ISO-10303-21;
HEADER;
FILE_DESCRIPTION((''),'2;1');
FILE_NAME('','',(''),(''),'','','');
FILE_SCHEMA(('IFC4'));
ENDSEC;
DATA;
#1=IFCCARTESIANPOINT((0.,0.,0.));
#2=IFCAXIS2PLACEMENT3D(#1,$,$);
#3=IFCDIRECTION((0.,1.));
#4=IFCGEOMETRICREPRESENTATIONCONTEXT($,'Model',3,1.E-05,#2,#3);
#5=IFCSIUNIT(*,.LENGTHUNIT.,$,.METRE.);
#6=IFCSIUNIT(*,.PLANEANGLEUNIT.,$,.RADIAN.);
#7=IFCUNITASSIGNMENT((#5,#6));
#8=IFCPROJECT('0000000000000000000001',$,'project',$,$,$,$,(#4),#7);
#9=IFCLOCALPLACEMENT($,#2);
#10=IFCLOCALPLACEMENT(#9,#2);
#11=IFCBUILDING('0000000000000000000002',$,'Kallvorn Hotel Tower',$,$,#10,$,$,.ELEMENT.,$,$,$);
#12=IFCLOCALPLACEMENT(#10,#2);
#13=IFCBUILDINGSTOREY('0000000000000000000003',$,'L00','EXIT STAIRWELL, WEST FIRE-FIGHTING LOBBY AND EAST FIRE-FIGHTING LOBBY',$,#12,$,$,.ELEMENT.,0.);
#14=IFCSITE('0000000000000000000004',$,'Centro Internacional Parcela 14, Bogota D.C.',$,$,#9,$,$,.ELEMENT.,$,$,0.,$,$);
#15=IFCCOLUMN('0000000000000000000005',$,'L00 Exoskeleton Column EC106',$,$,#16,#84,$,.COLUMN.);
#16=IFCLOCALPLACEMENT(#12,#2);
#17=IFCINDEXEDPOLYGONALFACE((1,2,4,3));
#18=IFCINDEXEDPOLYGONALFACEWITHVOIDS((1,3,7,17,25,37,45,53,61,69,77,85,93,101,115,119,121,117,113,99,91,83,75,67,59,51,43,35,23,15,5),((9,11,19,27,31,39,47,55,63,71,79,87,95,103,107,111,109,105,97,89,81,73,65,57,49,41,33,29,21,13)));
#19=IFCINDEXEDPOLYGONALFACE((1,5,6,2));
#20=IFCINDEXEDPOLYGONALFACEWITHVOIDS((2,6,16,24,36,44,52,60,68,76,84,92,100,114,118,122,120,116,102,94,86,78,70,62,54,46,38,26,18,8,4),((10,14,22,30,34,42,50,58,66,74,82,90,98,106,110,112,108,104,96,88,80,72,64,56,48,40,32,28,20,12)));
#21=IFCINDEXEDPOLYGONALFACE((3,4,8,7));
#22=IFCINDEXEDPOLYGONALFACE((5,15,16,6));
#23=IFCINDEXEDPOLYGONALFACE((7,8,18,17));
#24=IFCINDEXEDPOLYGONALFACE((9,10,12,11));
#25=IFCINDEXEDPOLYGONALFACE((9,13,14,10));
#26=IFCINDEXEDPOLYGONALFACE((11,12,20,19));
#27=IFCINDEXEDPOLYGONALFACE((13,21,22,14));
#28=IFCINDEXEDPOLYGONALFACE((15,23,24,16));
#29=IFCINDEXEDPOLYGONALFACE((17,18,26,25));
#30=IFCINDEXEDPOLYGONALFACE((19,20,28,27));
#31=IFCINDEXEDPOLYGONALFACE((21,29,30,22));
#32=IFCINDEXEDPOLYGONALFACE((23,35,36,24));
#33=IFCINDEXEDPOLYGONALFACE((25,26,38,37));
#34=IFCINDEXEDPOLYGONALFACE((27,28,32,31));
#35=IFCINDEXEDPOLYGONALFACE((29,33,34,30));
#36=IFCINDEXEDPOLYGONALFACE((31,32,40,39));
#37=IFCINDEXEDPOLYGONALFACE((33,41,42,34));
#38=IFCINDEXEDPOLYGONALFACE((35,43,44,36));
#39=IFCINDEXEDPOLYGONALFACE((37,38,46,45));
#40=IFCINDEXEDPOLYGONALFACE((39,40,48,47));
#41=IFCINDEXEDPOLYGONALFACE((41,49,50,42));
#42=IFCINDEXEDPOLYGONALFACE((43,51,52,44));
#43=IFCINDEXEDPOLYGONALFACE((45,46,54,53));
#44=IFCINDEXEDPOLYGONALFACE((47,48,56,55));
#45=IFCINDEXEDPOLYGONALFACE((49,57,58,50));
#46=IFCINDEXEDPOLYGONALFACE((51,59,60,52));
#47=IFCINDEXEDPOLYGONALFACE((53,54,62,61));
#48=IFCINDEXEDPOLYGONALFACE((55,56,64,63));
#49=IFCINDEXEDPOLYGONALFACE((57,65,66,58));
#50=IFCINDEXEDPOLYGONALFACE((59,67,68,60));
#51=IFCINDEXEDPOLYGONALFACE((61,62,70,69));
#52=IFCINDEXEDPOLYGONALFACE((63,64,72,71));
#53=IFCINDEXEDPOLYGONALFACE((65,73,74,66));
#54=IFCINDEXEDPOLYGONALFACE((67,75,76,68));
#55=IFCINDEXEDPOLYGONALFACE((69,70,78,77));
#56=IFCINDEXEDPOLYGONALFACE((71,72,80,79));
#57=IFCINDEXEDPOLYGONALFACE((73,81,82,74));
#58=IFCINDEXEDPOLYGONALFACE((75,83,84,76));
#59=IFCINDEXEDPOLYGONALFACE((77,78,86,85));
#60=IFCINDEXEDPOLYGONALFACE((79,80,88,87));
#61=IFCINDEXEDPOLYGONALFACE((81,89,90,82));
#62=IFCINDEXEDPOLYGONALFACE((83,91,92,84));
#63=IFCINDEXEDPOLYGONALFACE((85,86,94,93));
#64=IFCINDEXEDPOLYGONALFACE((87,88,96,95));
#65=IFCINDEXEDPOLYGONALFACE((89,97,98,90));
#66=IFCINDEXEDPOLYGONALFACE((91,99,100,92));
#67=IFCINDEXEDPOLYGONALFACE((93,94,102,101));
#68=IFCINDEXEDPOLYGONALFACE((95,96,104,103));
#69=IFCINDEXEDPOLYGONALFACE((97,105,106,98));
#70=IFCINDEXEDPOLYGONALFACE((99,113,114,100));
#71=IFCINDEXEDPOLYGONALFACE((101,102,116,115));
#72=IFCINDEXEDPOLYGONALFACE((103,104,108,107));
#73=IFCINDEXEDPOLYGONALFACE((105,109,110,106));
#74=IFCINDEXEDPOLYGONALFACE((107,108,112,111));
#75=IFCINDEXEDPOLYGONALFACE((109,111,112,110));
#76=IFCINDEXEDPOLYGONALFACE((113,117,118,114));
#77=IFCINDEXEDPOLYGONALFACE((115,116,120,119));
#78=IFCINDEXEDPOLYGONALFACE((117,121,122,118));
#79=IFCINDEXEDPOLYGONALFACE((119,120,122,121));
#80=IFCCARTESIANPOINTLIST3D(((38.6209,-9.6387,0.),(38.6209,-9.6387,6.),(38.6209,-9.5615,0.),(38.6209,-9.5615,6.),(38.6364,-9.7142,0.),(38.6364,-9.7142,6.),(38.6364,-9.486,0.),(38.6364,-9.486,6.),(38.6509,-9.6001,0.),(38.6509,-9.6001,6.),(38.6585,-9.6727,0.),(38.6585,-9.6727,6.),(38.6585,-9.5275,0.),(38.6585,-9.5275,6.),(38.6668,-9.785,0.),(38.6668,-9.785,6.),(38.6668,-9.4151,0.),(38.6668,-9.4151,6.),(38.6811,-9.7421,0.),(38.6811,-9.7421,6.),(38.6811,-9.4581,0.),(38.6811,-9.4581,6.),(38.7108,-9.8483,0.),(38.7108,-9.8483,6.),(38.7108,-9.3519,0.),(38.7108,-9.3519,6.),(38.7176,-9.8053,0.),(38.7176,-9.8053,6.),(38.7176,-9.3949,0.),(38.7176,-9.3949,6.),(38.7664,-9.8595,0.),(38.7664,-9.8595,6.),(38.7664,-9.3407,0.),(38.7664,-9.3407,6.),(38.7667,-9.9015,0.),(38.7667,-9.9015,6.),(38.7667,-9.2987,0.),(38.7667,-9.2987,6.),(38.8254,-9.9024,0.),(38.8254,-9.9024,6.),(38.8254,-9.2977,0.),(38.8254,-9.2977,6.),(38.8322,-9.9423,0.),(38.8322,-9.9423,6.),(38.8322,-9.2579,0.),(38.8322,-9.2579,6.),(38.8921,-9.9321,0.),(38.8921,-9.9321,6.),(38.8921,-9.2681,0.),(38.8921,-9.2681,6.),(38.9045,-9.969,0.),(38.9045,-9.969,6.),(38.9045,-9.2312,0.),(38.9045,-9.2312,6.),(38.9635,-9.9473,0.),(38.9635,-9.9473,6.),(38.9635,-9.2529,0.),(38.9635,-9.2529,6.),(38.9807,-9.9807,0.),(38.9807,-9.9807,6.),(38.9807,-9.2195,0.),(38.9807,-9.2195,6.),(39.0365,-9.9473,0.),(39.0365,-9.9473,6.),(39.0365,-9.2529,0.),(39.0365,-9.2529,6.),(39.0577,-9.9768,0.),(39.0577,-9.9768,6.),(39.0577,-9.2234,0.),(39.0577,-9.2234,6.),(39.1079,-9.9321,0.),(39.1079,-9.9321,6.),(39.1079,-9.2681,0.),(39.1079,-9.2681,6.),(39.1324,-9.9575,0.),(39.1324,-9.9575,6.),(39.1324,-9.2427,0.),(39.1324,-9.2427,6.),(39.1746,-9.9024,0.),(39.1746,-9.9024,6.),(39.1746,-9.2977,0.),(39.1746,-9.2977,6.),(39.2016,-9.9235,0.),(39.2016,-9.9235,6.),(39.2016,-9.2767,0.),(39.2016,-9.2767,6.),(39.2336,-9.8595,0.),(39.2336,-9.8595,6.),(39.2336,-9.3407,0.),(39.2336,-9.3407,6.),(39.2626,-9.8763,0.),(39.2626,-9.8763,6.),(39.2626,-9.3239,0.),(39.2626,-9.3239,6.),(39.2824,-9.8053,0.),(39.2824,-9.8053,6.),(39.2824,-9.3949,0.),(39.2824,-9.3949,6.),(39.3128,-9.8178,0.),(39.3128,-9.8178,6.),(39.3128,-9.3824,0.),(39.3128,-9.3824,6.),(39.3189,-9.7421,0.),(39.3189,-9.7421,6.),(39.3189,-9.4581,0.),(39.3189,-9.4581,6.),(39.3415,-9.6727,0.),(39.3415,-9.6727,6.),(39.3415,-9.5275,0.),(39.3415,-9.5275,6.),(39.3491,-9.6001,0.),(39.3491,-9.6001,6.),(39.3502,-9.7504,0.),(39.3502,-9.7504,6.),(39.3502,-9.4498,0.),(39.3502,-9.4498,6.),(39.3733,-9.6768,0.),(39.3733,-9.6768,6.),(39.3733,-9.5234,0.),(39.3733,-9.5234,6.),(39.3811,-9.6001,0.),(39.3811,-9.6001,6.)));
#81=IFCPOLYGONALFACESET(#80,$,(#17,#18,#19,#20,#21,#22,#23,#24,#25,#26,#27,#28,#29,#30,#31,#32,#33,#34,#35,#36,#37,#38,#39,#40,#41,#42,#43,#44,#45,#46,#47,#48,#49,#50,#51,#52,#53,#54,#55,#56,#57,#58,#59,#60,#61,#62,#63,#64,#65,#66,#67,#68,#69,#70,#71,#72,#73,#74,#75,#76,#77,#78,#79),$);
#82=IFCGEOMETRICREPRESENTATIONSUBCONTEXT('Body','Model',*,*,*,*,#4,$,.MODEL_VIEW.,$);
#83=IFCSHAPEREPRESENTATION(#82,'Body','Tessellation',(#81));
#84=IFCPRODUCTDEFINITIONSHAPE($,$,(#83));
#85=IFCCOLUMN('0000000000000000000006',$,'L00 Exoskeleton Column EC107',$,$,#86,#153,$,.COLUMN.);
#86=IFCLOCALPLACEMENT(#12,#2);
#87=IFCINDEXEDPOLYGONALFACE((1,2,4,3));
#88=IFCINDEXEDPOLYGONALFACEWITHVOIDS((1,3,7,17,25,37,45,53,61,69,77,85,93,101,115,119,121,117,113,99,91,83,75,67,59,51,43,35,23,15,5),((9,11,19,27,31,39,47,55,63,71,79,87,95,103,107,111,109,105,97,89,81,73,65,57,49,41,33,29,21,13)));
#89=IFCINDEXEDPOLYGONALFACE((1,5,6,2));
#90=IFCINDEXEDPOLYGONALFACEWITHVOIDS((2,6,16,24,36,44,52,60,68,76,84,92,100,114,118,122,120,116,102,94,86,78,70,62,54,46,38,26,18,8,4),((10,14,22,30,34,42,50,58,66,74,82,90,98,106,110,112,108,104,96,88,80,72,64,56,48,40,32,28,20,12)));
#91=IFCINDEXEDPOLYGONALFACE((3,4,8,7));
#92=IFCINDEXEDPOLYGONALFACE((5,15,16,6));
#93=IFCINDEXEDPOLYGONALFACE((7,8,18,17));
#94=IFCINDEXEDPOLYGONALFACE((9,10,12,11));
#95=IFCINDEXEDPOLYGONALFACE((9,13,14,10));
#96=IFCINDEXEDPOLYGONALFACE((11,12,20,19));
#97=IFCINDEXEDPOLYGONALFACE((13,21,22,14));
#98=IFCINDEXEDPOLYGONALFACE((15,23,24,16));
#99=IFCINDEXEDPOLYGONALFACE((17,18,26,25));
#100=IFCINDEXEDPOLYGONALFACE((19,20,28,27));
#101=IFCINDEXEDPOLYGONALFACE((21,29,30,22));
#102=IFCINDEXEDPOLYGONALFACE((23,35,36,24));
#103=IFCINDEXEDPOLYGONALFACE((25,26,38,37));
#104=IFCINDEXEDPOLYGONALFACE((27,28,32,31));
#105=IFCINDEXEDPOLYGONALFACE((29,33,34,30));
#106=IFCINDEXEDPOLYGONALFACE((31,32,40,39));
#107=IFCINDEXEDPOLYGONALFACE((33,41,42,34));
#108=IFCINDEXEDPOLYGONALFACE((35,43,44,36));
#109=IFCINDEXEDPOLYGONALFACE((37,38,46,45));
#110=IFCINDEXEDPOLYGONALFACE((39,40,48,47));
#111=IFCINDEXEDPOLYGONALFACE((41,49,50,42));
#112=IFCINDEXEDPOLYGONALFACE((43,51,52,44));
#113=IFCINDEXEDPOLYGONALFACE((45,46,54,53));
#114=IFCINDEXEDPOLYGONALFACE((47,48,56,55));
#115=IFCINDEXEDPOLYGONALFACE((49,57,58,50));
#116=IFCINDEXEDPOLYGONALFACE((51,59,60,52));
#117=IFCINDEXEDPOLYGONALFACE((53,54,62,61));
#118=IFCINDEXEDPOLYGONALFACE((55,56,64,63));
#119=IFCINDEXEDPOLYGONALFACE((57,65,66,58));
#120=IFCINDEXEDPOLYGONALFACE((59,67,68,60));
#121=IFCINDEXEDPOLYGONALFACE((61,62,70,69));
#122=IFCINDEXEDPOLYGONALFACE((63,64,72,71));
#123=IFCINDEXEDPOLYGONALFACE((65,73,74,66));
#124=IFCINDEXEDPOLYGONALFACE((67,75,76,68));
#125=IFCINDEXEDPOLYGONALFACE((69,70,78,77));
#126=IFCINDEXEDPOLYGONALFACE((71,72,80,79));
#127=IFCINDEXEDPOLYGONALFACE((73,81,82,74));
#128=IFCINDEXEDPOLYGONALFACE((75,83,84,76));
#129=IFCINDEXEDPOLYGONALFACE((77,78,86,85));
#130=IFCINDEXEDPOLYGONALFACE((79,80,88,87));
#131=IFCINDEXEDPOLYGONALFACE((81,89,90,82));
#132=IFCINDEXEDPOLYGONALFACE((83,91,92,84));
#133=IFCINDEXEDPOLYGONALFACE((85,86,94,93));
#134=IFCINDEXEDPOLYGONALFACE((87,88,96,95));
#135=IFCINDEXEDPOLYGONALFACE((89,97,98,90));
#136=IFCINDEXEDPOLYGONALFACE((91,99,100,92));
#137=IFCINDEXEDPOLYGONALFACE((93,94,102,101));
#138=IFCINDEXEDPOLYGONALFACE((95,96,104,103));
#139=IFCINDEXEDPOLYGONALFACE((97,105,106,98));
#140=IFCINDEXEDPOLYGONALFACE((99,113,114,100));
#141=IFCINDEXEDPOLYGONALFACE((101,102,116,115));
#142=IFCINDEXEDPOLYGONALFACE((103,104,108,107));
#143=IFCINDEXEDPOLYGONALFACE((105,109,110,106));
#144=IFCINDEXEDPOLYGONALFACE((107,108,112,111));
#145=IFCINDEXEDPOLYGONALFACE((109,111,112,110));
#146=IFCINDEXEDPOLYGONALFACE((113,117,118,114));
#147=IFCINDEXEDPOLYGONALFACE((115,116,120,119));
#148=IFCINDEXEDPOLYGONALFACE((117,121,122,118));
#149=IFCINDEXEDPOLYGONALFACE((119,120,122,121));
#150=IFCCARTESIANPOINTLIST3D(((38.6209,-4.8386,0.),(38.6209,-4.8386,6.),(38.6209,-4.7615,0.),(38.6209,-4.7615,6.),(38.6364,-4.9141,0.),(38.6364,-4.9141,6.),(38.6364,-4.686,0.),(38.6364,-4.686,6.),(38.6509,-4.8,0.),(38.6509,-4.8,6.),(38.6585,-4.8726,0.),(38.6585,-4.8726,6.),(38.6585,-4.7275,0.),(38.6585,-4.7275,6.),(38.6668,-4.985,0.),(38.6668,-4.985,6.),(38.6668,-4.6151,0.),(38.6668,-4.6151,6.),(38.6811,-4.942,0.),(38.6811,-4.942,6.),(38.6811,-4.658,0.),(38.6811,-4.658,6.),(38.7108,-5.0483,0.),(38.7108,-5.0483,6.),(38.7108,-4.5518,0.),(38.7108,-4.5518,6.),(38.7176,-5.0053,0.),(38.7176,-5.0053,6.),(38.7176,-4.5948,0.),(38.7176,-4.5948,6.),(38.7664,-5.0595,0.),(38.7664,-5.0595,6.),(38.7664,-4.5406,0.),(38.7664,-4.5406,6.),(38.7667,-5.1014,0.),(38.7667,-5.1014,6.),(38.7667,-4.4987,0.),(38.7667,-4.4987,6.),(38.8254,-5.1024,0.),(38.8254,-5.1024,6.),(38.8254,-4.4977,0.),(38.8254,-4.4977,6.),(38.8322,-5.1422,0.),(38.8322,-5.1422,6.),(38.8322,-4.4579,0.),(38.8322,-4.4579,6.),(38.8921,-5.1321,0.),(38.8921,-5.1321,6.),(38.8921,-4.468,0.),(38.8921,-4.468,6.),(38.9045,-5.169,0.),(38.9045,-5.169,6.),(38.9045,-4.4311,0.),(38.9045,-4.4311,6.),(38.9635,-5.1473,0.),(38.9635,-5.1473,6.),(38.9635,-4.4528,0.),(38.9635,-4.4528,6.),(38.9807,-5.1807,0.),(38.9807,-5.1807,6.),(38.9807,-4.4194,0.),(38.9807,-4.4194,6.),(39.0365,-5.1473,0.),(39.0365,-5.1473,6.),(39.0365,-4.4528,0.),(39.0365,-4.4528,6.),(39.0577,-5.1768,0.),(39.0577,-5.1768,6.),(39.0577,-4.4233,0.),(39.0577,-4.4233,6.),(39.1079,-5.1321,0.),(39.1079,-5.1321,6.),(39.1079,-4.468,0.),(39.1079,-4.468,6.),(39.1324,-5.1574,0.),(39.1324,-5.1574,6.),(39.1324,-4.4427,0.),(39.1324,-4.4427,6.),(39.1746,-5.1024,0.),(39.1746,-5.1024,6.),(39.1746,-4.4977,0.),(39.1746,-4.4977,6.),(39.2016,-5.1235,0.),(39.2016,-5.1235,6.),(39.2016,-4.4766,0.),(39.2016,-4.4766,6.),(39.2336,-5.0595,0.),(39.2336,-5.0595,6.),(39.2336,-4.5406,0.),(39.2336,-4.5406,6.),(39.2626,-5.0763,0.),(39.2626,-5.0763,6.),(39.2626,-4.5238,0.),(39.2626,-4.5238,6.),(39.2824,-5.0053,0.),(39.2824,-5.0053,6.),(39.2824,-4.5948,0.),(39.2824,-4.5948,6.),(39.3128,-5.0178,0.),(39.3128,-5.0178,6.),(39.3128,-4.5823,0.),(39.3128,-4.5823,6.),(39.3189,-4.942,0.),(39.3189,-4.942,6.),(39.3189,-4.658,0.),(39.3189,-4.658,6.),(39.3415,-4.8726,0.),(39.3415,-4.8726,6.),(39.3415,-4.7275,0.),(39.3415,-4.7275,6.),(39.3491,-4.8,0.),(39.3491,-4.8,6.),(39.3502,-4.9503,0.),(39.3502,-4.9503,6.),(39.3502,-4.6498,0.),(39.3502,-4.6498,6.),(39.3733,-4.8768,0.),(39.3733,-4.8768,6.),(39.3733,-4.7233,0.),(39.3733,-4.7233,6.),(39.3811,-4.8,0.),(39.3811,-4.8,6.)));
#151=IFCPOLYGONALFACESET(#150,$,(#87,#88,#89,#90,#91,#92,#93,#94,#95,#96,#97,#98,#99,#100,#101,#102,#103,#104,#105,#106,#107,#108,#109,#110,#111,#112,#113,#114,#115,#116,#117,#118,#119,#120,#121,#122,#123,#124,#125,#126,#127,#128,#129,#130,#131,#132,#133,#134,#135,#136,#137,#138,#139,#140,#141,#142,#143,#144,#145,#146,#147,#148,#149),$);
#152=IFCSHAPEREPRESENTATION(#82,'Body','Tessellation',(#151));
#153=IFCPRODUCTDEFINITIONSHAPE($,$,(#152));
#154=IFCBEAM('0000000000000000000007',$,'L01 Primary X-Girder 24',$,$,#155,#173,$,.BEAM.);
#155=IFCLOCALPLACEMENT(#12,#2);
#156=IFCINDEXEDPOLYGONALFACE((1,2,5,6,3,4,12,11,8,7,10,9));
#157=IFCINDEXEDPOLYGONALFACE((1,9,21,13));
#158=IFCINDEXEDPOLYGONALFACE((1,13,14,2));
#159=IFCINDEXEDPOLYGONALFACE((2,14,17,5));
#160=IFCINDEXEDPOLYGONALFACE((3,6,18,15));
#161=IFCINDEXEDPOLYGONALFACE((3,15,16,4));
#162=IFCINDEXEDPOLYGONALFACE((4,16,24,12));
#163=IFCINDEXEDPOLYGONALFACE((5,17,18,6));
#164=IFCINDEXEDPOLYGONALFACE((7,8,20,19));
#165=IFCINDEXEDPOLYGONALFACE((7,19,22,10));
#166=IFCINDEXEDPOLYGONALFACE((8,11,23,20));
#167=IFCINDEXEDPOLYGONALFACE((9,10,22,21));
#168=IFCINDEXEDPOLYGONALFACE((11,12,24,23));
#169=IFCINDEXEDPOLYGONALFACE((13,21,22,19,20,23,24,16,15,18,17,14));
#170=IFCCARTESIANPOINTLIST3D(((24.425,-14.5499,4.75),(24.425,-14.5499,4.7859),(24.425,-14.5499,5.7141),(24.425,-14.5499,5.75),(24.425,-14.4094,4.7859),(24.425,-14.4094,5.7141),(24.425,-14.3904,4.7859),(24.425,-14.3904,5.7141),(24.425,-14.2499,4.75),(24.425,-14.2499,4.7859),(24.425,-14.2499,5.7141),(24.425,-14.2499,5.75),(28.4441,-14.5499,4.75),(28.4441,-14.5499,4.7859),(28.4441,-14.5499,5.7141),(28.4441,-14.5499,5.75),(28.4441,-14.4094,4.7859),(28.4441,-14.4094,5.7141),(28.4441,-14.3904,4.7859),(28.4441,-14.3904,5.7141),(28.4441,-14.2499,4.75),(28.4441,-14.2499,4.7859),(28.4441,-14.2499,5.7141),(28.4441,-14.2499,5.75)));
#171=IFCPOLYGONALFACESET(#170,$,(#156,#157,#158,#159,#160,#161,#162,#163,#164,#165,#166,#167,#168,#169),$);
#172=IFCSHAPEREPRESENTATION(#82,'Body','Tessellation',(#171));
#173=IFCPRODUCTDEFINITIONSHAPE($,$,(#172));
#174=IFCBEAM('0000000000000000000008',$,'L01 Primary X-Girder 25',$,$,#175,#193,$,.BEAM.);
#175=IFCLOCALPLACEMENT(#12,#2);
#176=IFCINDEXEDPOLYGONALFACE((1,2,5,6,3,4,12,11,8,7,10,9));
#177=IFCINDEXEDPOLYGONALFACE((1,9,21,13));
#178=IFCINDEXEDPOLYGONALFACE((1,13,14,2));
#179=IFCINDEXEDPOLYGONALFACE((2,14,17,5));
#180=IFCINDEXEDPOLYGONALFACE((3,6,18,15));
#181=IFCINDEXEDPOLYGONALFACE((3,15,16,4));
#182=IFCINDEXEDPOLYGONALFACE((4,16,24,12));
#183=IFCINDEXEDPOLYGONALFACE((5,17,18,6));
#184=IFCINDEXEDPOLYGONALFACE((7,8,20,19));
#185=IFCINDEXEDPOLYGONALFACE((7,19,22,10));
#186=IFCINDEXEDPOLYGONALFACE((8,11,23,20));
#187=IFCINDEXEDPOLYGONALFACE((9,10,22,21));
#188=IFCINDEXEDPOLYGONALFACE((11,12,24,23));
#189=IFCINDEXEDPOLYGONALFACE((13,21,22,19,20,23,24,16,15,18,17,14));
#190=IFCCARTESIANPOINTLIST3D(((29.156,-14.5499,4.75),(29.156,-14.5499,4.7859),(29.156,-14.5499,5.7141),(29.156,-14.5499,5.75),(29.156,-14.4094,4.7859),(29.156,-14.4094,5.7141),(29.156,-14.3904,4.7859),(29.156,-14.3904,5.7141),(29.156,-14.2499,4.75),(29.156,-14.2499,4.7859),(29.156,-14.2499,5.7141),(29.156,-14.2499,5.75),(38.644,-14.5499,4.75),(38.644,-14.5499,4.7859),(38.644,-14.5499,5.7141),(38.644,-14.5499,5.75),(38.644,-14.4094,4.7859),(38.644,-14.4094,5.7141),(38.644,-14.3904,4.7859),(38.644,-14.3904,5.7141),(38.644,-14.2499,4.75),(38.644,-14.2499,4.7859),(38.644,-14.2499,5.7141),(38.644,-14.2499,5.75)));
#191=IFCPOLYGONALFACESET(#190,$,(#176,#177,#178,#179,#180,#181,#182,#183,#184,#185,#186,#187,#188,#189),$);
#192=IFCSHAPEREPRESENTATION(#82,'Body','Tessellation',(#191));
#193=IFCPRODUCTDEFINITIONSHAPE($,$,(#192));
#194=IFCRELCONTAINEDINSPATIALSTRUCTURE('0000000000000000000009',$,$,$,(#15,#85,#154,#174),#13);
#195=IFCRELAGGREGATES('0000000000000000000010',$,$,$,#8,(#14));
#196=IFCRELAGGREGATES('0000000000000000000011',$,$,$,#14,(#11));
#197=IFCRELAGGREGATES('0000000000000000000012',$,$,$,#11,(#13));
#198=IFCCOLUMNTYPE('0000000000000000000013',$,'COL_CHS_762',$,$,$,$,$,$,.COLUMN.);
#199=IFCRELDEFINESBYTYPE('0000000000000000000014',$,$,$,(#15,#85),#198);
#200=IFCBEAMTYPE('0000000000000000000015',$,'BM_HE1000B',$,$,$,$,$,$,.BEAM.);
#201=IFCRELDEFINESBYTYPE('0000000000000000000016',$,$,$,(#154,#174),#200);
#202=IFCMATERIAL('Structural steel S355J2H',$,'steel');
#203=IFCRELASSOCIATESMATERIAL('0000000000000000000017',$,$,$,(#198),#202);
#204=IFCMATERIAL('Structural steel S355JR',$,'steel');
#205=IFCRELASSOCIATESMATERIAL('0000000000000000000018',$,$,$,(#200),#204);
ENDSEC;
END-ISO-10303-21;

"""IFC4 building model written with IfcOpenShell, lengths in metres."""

from ifc_helpers import new_model, si_unit, direction, frame, origin, origin_2d, place, context, subcontext, project, spatial, hollow_circle, i_section, extrude, material, material_profile, profile_set, type_object, element, save


model = new_model("IFC4")

# Units and contexts
model_context = context("Model", 3, precision=1e-05, world=origin(), true_north=direction((0.0, 1.0)))
body_context = subcontext(model_context, "Body", "Model", "MODEL_VIEW")
ifc_project = project(units=[si_unit("LENGTHUNIT", "METRE"), si_unit("PLANEANGLEUNIT", "RADIAN")], contexts=[model_context])

# Site, building, storey
site_placement = place(None, origin())
site = spatial("IfcSite", under=ifc_project, at=site_placement, Name="Centro Internacional Parcela 14, Bogota D.C.", CompositionType="ELEMENT", RefElevation=0.0)
building_placement = place(site_placement, origin())
building = spatial("IfcBuilding", under=site, at=building_placement, Name="Kallvorn Hotel Tower", CompositionType="ELEMENT")
storey_placement = place(building_placement, origin())
storey = spatial("IfcBuildingStorey", under=building, at=storey_placement, Name="L00", Description="EXIT STAIRWELL, WEST FIRE-FIGHTING LOBBY AND EAST FIRE-FIGHTING LOBBY", CompositionType="ELEMENT", Elevation=0.0)

# Columns
ifc_material_1 = material(Name="Structural steel S355J2H", Category="steel")
ifc_material_profile_1 = material_profile(ifc_material_1, hollow_circle(Radius=0.3811, WallThickness=0.032, at=origin_2d()), Name="CHS 762x32")
ifc_profile_set_1 = profile_set([ifc_material_profile_1], Name="Structural steel S355J2H")
column_type = type_object("IfcColumnType", Name="COL_CHS_762", PredefinedType="COLUMN", material=ifc_profile_set_1)
for number, where, z_axis, x_axis, name in (
    (1, (39.0, -9.6001, 0.0), (0.0, 0.0, 1.0), (1.0, 0.0, 0.0), "L00 Exoskeleton Column EC106"),
    (2, (39.0, -4.8, 0.0), (0.0, 0.0, 1.0), (1.0, 0.0, 0.0), "L00 Exoskeleton Column EC107"),
):
    element("IfcColumn", number, at=place(storey_placement, frame(where, z_axis=z_axis, x_axis=x_axis)), inside=storey, type_object=column_type, Name=name, PredefinedType="COLUMN", context=body_context, shape_type="SweptSolid", body=[
        extrude(hollow_circle(Radius=0.3811, WallThickness=0.032, at=origin_2d()), origin(), (0.0, 0.0, 1.0), 6.0),
    ])

# Beams
ifc_material_2 = material(Name="Structural steel S355JR", Category="steel")
ifc_material_profile_2 = material_profile(ifc_material_2, i_section(OverallWidth=0.3, OverallDepth=1.0, WebThickness=0.019, FlangeThickness=0.0359, at=origin_2d()), Name="HE 1000 B")
ifc_profile_set_2 = profile_set([ifc_material_profile_2], Name="Structural steel S355JR")
beam_type_1 = type_object("IfcBeamType", Name="BM_HE1000B", PredefinedType="BEAM", material=ifc_profile_set_2)
beam_1_placement = place(storey_placement, frame((24.425, -14.3999, 5.25), z_axis=(1.0, 0.0, 0.0), x_axis=(0.0, 1.0, 0.0)))
element("IfcBeam", 3, at=beam_1_placement, inside=storey, type_object=beam_type_1, Name="L01 Primary X-Girder 24", PredefinedType="BEAM", context=body_context, shape_type="SweptSolid", body=[
    extrude(i_section(OverallWidth=0.3, OverallDepth=1.0, WebThickness=0.019, FlangeThickness=0.0359, at=origin_2d()), origin(), (0.0, 0.0, 1.0), 4.019),
])
for number, where, z_axis, x_axis, name in (
    (4, (29.156, -14.3999, 5.25), (1.0, 0.0, 0.0), (0.0, 1.0, 0.0), "L01 Primary X-Girder 25"),
):
    element("IfcBeam", number, at=place(storey_placement, frame(where, z_axis=z_axis, x_axis=x_axis)), inside=storey, type_object=beam_type_1, Name=name, PredefinedType="BEAM", context=body_context, shape_type="SweptSolid", body=[
        extrude(i_section(OverallWidth=0.3, OverallDepth=1.0, WebThickness=0.019, FlangeThickness=0.0359, at=origin_2d()), origin(), (0.0, 0.0, 1.0), 9.488),
    ])

save(model, "model.ifc")
